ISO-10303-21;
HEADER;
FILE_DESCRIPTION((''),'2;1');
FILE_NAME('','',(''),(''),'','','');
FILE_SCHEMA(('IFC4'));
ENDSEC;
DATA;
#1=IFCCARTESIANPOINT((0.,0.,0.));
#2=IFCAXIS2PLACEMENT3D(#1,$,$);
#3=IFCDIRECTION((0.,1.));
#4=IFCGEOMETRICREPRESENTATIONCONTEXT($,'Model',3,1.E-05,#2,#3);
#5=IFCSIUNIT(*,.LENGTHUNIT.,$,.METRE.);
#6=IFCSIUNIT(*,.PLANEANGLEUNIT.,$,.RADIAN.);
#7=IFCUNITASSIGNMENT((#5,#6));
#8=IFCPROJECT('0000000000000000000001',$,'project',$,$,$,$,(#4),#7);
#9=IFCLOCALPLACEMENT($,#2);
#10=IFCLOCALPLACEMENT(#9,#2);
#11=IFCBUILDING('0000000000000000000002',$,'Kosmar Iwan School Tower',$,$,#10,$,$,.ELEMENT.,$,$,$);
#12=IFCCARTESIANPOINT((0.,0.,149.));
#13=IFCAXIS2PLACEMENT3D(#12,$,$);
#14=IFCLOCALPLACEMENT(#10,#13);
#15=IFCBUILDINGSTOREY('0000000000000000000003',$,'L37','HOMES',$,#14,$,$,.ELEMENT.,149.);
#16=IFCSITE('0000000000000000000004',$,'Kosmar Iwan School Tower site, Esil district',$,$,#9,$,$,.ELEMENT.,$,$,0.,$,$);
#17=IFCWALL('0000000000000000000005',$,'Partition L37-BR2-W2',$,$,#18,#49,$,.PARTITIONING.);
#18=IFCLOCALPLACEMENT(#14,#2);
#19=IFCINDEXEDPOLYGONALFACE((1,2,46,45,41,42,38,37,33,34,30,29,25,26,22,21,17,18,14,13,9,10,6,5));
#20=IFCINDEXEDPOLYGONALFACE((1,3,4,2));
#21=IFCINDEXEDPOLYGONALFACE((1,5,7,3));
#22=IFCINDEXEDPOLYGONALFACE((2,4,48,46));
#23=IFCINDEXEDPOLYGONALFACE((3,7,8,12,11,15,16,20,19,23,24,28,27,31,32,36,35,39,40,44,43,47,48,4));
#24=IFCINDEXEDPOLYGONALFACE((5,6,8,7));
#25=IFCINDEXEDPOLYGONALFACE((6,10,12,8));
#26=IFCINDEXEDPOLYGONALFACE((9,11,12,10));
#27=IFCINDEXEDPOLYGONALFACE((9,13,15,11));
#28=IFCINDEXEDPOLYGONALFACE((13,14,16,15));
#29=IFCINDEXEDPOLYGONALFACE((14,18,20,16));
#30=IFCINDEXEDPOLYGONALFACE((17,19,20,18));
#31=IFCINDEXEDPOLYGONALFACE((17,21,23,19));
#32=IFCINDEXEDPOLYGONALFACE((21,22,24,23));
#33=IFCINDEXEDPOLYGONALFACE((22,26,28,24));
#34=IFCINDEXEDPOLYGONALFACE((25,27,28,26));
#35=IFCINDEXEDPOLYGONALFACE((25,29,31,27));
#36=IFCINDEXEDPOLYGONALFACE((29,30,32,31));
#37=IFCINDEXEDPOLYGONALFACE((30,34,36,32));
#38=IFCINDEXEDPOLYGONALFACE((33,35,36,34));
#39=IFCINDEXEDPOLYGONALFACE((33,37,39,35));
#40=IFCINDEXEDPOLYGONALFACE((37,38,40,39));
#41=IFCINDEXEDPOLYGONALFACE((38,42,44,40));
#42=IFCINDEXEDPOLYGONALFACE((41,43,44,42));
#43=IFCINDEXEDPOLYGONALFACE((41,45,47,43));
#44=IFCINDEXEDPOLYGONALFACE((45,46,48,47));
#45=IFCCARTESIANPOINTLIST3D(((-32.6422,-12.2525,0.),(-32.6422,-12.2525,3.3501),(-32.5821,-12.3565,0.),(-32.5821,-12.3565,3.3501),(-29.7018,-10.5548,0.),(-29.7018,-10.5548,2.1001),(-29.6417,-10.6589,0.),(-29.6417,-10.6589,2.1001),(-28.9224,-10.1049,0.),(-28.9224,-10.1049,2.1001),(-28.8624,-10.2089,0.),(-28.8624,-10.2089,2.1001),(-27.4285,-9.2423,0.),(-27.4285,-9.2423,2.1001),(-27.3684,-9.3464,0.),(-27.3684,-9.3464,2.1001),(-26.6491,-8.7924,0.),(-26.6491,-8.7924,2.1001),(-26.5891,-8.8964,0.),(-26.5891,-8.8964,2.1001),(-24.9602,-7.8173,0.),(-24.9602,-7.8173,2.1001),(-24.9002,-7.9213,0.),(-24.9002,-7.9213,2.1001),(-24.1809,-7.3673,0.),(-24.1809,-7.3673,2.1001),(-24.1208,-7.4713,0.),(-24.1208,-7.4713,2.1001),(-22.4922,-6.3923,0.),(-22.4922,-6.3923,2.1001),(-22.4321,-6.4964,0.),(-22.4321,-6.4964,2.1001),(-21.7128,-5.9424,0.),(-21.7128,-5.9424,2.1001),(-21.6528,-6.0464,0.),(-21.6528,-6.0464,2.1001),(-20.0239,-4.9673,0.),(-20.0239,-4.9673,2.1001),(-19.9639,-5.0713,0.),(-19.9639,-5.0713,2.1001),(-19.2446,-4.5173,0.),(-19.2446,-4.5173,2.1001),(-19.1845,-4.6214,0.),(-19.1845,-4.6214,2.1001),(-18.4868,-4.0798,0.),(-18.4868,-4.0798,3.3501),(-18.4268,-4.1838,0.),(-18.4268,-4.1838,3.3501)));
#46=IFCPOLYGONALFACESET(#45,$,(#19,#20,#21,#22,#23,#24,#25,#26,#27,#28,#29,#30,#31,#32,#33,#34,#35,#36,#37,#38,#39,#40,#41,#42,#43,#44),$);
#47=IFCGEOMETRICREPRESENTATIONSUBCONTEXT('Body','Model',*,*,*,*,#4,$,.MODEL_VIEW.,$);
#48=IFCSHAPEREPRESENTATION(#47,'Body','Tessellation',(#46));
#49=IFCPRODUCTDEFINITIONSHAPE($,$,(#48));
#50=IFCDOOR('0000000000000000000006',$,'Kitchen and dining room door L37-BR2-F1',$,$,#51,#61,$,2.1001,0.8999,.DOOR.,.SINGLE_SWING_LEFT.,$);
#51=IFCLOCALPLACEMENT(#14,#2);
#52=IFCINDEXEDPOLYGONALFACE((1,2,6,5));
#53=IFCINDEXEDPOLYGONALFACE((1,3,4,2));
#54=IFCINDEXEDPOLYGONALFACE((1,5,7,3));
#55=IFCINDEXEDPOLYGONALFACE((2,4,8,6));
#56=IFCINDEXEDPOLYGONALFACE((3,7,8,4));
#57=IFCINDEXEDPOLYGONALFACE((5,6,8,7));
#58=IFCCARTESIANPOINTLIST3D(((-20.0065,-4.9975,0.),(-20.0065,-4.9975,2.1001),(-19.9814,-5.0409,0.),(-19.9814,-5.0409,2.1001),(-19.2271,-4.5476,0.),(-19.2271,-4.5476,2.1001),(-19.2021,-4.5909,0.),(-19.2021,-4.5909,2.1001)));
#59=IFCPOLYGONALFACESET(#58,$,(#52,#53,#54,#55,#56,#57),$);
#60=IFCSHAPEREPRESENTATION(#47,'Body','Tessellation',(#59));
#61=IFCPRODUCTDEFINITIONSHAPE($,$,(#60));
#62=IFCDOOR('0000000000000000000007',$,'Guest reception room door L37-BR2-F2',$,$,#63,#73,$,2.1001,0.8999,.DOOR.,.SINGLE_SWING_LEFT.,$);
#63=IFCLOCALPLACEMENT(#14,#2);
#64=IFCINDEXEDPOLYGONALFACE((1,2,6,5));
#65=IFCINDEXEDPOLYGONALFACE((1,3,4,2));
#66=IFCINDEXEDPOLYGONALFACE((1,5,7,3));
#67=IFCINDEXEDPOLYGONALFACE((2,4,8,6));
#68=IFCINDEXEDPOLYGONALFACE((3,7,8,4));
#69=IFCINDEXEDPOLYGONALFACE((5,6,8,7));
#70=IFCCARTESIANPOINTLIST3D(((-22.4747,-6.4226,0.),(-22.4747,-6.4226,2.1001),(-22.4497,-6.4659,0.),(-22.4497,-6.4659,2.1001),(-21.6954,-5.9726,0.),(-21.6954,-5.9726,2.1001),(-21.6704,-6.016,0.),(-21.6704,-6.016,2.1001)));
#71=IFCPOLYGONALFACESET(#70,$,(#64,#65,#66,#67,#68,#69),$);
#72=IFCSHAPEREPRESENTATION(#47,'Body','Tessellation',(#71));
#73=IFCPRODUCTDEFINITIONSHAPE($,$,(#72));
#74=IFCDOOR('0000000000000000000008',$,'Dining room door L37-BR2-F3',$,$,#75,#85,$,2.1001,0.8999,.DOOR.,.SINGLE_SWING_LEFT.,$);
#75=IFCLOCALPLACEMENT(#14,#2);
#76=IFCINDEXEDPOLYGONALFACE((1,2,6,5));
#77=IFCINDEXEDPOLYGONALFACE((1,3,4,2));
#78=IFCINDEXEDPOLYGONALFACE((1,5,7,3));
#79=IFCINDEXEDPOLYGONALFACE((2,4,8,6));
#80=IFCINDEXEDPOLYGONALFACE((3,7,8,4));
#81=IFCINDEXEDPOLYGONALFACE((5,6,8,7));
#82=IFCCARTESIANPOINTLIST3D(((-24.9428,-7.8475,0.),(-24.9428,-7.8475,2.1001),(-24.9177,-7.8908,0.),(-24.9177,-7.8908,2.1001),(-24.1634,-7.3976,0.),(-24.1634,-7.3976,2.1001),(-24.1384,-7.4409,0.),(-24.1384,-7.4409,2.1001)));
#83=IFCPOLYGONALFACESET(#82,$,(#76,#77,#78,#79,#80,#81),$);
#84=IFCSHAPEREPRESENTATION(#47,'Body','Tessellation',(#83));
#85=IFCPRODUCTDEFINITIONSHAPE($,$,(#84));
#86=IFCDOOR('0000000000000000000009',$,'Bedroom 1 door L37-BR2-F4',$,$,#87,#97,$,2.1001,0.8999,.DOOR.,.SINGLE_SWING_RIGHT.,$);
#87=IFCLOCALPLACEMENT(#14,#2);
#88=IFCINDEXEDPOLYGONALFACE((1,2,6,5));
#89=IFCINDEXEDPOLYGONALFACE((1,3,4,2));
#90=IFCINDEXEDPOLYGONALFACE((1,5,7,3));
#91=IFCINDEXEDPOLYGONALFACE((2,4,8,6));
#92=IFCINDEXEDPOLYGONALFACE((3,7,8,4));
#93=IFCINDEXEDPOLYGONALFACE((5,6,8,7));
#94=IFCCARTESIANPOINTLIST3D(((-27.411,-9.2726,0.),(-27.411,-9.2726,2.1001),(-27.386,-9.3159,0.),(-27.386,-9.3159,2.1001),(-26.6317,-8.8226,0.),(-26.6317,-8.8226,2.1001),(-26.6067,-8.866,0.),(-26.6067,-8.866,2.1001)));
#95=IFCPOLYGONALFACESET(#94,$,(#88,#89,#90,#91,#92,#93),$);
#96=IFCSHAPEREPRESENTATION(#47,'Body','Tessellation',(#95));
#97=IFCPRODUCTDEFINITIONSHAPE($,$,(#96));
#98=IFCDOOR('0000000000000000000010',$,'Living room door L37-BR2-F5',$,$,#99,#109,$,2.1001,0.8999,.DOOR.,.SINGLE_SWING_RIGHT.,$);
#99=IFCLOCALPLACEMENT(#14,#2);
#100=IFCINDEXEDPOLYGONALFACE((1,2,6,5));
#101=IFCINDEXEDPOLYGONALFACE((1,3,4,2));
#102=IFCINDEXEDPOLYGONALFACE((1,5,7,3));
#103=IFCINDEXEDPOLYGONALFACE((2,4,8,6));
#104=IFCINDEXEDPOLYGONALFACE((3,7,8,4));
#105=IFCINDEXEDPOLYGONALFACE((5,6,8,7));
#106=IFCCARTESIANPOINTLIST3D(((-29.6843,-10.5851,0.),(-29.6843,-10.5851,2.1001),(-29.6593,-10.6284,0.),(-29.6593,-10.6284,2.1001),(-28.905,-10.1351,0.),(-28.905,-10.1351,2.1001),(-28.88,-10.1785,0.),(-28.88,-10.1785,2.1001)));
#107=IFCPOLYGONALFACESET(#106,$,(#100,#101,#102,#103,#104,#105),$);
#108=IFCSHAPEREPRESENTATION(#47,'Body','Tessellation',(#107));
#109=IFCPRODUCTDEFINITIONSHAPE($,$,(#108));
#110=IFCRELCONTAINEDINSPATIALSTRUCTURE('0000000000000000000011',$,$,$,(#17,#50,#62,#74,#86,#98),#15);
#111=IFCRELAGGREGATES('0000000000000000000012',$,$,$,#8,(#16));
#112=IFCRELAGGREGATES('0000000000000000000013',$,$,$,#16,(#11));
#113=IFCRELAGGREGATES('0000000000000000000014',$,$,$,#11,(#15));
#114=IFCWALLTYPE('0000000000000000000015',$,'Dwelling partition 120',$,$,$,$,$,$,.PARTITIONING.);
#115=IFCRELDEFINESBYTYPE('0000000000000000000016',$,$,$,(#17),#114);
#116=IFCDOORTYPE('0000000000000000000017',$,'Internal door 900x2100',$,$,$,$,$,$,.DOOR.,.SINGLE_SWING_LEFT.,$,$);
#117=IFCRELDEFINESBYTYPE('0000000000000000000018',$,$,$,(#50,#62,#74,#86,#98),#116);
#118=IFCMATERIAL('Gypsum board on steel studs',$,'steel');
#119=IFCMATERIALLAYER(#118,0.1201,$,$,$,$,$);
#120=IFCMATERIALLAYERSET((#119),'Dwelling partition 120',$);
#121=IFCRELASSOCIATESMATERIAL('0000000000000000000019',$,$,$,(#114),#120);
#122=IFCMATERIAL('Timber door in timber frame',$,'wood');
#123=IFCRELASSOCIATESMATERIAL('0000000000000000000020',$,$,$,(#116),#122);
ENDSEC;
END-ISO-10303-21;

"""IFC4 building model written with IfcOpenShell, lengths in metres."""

from ifc_helpers import new_model, si_unit, direction, frame, frame_2d, origin, place, context, subcontext, project, spatial, rectangle, extrude, material, layer, layer_set, type_object, element, fill, save


model = new_model("IFC4")

# Units and contexts
model_context = context("Model", 3, precision=1e-05, world=origin(), true_north=direction((0.0, 1.0)))
body_context = subcontext(model_context, "Body", "Model", "MODEL_VIEW")
ifc_project = project(units=[si_unit("LENGTHUNIT", "METRE"), si_unit("PLANEANGLEUNIT", "RADIAN")], contexts=[model_context])

# Site, building, storey
site_placement = place(None, origin())
site = spatial("IfcSite", under=ifc_project, at=site_placement, Name="Kosmar Iwan School Tower site, Esil district", CompositionType="ELEMENT", RefElevation=0.0)
building_placement = place(site_placement, origin())
building = spatial("IfcBuilding", under=site, at=building_placement, Name="Kosmar Iwan School Tower", CompositionType="ELEMENT")
storey_placement = place(building_placement, frame((0.0, 0.0, 149.0)))
storey = spatial("IfcBuildingStorey", under=building, at=storey_placement, Name="L37", Description="HOMES", CompositionType="ELEMENT", Elevation=149.0)

# Shared definitions
ifc_material_1 = material(Name="Gypsum board on steel studs", Category="steel")
ifc_layer = layer(ifc_material_1, 0.1201)
ifc_layer_set = layer_set([ifc_layer], Name="Dwelling partition 120")
wall_type = type_object("IfcWallType", Name="Dwelling partition 120", PredefinedType="PARTITIONING", material=ifc_layer_set)
ifc_material_2 = material(Name="Timber door in timber frame", Category="wood")
door_type_1 = type_object("IfcDoorType", Name="Internal door 900x2100", OperationType="SINGLE_SWING_LEFT", PredefinedType="DOOR", material=ifc_material_2)

# Wall, openings, doors
wall_1_placement = place(storey_placement, frame((-18.4568, -4.1318, 0.0), z_axis=(0.0, 0.0, 1.0), x_axis=(-0.866024, -0.500003, 0.0)))
wall_1 = element("IfcWall", 1, at=wall_1_placement, inside=storey, type_object=wall_type, Name="Partition L37-BR2-W2", PredefinedType="PARTITIONING", context=body_context, shape_type="SweptSolid", body=[
    extrude(rectangle(XDim=16.3452, YDim=0.1201, at=frame_2d((8.1726, 0.0))), origin(), (0.0, 0.0, 1.0), 3.3501),
])
opening_1_placement = place(wall_1_placement, frame((0.875, 0.0, 0.0)))
opening_1 = element("IfcOpeningElement", 2, at=opening_1_placement, cuts=wall_1, PredefinedType="OPENING", context=body_context, shape_type="SweptSolid", body=[
    extrude(rectangle(XDim=0.8999, YDim=2.1001, at=frame_2d((0.45, 1.05))), frame((0.0, 0.072, 0.0), z_axis=(0.0, -1.0, 0.0), x_axis=(1.0, 0.0, 0.0)), (0.0, 0.0, 1.0), 0.144),
])
opening_2_placement = place(wall_1_placement, frame((3.7251, 0.0, 0.0)))
opening_2 = element("IfcOpeningElement", 3, at=opening_2_placement, cuts=wall_1, PredefinedType="OPENING", context=body_context, shape_type="SweptSolid", body=[
    extrude(rectangle(XDim=0.8999, YDim=2.1001, at=frame_2d((0.45, 1.05))), frame((0.0, 0.072, 0.0), z_axis=(0.0, -1.0, 0.0), x_axis=(1.0, 0.0, 0.0)), (0.0, 0.0, 1.0), 0.144),
])
opening_3_placement = place(wall_1_placement, frame((6.575, 0.0, 0.0)))
opening_3 = element("IfcOpeningElement", 4, at=opening_3_placement, cuts=wall_1, PredefinedType="OPENING", context=body_context, shape_type="SweptSolid", body=[
    extrude(rectangle(XDim=0.8999, YDim=2.1001, at=frame_2d((0.45, 1.05))), frame((0.0, 0.072, 0.0), z_axis=(0.0, -1.0, 0.0), x_axis=(1.0, 0.0, 0.0)), (0.0, 0.0, 1.0), 0.144),
])
opening_4_placement = place(wall_1_placement, frame((9.425, 0.0, 0.0)))
opening_4 = element("IfcOpeningElement", 5, at=opening_4_placement, cuts=wall_1, PredefinedType="OPENING", context=body_context, shape_type="SweptSolid", body=[
    extrude(rectangle(XDim=0.8999, YDim=2.1001, at=frame_2d((0.45, 1.05))), frame((0.0, 0.072, 0.0), z_axis=(0.0, -1.0, 0.0), x_axis=(1.0, 0.0, 0.0)), (0.0, 0.0, 1.0), 0.144),
])
opening_5_placement = place(wall_1_placement, frame((12.05, 0.0, 0.0)))
opening_5 = element("IfcOpeningElement", 6, at=opening_5_placement, cuts=wall_1, PredefinedType="OPENING", context=body_context, shape_type="SweptSolid", body=[
    extrude(rectangle(XDim=0.8999, YDim=2.1001, at=frame_2d((0.45, 1.05))), frame((0.0, 0.072, 0.0), z_axis=(0.0, -1.0, 0.0), x_axis=(1.0, 0.0, 0.0)), (0.0, 0.0, 1.0), 0.144),
])
door_1_placement = place(opening_1_placement, origin())
door_1 = element("IfcDoor", 7, at=door_1_placement, inside=storey, type_object=door_type_1, Name="Kitchen and dining room door L37-BR2-F1", OperationType="SINGLE_SWING_LEFT", OverallHeight=2.1001, OverallWidth=0.8999, PredefinedType="DOOR", context=body_context, shape_type="SweptSolid", body=[
    extrude(rectangle(XDim=0.8999, YDim=2.1001, at=frame_2d((0.45, 1.05))), frame((0.0, 0.0249, 0.0), z_axis=(0.0, -1.0, 0.0), x_axis=(1.0, 0.0, 0.0)), (0.0, 0.0, 1.0), 0.05),
])
fill(opening_1, door_1)
door_2_placement = place(opening_2_placement, origin())
door_2 = element("IfcDoor", 8, at=door_2_placement, inside=storey, type_object=door_type_1, Name="Guest reception room door L37-BR2-F2", OperationType="SINGLE_SWING_LEFT", OverallHeight=2.1001, OverallWidth=0.8999, PredefinedType="DOOR", context=body_context, shape_type="SweptSolid", body=[
    extrude(rectangle(XDim=0.8999, YDim=2.1001, at=frame_2d((0.45, 1.05))), frame((0.0, 0.0249, 0.0), z_axis=(0.0, -1.0, 0.0), x_axis=(1.0, 0.0, 0.0)), (0.0, 0.0, 1.0), 0.05),
])
fill(opening_2, door_2)
door_3_placement = place(opening_3_placement, origin())
door_3 = element("IfcDoor", 9, at=door_3_placement, inside=storey, type_object=door_type_1, Name="Dining room door L37-BR2-F3", OperationType="SINGLE_SWING_LEFT", OverallHeight=2.1001, OverallWidth=0.8999, PredefinedType="DOOR", context=body_context, shape_type="SweptSolid", body=[
    extrude(rectangle(XDim=0.8999, YDim=2.1001, at=frame_2d((0.45, 1.05))), frame((0.0, 0.0249, 0.0), z_axis=(0.0, -1.0, 0.0), x_axis=(1.0, 0.0, 0.0)), (0.0, 0.0, 1.0), 0.05),
])
fill(opening_3, door_3)
door_4_placement = place(opening_4_placement, origin())
door_4 = element("IfcDoor", 10, at=door_4_placement, inside=storey, type_object=door_type_1, Name="Bedroom 1 door L37-BR2-F4", OperationType="SINGLE_SWING_RIGHT", OverallHeight=2.1001, OverallWidth=0.8999, PredefinedType="DOOR", context=body_context, shape_type="SweptSolid", body=[
    extrude(rectangle(XDim=0.8999, YDim=2.1001, at=frame_2d((0.45, 1.05))), frame((0.0, 0.0249, 0.0), z_axis=(0.0, -1.0, 0.0), x_axis=(1.0, 0.0, 0.0)), (0.0, 0.0, 1.0), 0.05),
])
fill(opening_4, door_4)
door_5_placement = place(opening_5_placement, origin())
door_5 = element("IfcDoor", 11, at=door_5_placement, inside=storey, type_object=door_type_1, Name="Living room door L37-BR2-F5", OperationType="SINGLE_SWING_RIGHT", OverallHeight=2.1001, OverallWidth=0.8999, PredefinedType="DOOR", context=body_context, shape_type="SweptSolid", body=[
    extrude(rectangle(XDim=0.8999, YDim=2.1001, at=frame_2d((0.45, 1.05))), frame((0.0, 0.0249, 0.0), z_axis=(0.0, -1.0, 0.0), x_axis=(1.0, 0.0, 0.0)), (0.0, 0.0, 1.0), 0.05),
])
fill(opening_5, door_5)

save(model, "model.ifc")
